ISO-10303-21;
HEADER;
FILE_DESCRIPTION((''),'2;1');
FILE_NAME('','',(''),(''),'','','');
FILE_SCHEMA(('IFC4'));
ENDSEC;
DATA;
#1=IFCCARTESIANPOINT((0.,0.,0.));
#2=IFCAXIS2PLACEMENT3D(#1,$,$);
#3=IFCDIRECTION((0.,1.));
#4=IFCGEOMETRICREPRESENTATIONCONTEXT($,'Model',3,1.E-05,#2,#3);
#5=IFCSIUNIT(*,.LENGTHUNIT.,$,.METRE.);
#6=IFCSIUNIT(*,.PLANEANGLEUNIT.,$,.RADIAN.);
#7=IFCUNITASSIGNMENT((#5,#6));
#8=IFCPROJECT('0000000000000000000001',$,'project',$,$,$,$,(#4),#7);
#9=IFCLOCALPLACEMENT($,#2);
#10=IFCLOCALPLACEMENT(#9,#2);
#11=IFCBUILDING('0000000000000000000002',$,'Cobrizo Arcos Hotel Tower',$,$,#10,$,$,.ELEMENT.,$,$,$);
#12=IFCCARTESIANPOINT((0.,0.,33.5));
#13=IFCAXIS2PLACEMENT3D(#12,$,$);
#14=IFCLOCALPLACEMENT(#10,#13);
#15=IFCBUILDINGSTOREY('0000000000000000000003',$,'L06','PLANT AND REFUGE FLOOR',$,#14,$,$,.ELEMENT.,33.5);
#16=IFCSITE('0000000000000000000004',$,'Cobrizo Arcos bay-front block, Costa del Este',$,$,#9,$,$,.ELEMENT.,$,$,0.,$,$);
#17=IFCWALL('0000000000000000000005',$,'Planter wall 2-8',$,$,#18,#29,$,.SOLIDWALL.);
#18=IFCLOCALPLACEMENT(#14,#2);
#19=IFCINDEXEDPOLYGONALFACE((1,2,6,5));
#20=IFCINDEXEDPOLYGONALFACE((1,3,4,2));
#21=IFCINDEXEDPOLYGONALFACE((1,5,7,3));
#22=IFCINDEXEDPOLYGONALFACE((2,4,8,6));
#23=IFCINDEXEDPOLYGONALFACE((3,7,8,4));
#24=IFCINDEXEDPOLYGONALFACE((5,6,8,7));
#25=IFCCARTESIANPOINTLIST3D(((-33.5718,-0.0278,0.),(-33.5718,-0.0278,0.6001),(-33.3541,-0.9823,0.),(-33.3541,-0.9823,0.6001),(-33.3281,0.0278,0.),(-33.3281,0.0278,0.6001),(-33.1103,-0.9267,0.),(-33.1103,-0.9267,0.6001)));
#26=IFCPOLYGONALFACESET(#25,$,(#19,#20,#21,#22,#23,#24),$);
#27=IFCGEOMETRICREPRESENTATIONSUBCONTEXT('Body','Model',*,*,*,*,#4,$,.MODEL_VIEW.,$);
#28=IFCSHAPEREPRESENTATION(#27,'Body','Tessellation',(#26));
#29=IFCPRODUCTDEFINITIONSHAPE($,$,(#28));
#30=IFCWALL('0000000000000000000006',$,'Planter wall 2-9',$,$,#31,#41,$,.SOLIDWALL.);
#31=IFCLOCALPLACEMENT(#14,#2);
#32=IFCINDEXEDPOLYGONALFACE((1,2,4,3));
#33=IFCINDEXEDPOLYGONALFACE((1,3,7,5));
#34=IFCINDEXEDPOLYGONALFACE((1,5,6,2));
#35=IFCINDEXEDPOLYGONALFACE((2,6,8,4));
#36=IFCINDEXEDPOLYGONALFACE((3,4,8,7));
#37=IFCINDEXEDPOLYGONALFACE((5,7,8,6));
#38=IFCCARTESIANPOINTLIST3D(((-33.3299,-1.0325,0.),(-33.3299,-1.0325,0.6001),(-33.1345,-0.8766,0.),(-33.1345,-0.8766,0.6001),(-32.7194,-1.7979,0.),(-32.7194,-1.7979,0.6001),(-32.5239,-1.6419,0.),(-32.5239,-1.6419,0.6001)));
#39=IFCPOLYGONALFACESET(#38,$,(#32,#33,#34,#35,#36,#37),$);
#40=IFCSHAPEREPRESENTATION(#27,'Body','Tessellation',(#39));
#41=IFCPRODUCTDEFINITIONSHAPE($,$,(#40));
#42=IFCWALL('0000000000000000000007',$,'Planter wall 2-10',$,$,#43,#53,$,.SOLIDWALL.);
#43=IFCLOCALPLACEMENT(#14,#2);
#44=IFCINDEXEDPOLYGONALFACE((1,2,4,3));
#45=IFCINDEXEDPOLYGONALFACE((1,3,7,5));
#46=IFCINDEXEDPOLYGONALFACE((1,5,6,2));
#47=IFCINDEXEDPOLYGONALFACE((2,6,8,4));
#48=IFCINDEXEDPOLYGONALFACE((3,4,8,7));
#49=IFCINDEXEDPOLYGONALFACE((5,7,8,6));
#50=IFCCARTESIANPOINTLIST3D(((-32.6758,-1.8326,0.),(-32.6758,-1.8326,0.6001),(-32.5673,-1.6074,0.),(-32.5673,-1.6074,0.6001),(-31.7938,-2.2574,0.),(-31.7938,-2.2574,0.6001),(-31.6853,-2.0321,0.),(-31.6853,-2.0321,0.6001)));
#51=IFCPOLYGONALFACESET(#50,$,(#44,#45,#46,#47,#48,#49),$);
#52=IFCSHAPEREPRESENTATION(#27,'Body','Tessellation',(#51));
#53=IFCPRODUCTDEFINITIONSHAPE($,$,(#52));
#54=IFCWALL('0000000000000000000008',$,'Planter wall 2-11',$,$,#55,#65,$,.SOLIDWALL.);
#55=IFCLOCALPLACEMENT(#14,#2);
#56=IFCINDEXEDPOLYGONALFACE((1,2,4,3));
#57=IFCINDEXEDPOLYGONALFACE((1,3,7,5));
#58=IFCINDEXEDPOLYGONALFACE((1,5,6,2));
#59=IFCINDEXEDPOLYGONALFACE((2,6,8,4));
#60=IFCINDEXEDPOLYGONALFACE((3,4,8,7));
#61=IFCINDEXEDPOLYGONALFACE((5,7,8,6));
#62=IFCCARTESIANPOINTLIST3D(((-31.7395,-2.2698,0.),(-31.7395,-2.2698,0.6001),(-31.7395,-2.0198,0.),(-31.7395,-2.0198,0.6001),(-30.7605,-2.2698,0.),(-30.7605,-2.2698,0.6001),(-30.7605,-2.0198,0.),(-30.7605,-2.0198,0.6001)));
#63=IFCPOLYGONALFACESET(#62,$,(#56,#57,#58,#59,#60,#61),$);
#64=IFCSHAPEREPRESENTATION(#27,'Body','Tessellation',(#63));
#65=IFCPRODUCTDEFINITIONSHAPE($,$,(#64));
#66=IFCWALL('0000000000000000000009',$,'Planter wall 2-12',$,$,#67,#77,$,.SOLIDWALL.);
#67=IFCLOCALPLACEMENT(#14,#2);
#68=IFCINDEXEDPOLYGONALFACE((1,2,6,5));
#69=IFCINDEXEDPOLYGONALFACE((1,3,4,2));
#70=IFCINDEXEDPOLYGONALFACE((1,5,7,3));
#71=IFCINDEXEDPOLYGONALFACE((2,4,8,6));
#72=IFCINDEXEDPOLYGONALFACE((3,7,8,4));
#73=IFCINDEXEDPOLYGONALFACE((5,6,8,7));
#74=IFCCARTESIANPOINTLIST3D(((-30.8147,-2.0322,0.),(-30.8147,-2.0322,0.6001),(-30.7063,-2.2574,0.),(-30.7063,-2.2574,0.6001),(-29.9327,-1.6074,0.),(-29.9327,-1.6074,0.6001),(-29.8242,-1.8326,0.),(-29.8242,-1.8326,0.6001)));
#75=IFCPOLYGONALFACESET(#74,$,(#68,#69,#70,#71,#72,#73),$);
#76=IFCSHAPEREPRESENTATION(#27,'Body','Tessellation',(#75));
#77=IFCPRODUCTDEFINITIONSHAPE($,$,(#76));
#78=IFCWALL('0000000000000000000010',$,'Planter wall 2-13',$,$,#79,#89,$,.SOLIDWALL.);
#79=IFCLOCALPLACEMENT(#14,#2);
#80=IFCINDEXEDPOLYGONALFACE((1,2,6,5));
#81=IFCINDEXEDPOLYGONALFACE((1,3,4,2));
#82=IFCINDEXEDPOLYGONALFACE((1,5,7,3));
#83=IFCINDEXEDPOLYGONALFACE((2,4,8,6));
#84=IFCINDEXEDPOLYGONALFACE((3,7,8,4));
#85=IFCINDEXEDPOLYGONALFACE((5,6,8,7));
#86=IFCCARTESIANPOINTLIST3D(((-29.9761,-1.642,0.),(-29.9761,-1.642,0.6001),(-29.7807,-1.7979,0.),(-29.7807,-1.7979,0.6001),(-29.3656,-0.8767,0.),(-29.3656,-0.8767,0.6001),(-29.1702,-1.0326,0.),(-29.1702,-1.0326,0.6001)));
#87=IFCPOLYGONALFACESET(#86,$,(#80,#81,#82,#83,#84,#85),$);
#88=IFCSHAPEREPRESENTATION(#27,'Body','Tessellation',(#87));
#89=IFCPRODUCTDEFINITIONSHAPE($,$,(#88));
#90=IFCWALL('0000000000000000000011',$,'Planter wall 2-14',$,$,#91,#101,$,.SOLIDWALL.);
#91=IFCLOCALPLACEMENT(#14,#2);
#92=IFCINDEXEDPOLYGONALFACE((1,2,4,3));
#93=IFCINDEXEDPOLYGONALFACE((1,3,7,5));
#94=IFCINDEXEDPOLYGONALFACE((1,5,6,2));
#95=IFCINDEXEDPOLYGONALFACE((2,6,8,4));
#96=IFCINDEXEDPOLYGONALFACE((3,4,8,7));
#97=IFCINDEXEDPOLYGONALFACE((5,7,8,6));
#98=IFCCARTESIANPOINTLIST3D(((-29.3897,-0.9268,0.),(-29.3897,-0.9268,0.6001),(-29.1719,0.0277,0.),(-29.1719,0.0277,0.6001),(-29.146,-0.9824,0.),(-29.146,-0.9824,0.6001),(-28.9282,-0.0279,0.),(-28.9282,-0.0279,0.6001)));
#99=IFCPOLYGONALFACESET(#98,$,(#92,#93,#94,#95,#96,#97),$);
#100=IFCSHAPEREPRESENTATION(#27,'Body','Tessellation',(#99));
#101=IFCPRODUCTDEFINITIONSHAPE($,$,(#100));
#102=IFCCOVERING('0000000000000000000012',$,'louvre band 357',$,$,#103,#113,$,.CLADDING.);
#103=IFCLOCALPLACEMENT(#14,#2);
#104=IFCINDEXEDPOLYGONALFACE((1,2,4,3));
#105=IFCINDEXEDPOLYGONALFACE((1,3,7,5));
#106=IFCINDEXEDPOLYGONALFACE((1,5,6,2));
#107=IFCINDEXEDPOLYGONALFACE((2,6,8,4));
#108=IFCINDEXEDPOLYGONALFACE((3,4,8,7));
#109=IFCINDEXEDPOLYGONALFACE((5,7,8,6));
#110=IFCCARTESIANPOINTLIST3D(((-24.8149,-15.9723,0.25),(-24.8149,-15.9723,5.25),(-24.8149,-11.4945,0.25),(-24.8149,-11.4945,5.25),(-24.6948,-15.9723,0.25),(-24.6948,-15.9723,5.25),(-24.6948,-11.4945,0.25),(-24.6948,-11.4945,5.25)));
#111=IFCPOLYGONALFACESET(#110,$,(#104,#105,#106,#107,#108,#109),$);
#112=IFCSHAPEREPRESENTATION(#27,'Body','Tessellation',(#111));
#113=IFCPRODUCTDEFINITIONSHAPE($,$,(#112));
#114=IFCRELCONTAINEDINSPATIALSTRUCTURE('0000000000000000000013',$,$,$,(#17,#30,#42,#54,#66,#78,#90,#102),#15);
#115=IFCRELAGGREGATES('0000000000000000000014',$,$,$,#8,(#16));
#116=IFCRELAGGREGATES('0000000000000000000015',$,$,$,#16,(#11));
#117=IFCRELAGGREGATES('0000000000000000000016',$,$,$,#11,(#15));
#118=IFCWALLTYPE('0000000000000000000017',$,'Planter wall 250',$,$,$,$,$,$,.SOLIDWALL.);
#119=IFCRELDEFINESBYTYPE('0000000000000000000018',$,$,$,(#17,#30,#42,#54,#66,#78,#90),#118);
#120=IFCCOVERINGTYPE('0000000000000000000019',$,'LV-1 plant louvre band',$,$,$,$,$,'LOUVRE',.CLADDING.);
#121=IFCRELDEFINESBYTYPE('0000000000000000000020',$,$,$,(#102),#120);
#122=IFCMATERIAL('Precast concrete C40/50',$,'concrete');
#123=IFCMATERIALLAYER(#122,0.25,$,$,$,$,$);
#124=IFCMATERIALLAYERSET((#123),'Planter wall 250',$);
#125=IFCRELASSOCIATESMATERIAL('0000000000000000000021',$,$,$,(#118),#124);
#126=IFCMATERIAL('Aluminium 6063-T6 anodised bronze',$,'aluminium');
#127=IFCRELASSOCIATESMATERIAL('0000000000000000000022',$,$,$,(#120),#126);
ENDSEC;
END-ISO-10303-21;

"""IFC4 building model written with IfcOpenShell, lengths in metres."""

from ifc_helpers import new_model, si_unit, direction, frame, frame_2d, origin, origin_2d, place, context, subcontext, project, spatial, rectangle, extrude, material, layer, layer_set, type_object, element, save


model = new_model("IFC4")

# Units and contexts
model_context = context("Model", 3, precision=1e-05, world=origin(), true_north=direction((0.0, 1.0)))
body_context = subcontext(model_context, "Body", "Model", "MODEL_VIEW")
ifc_project = project(units=[si_unit("LENGTHUNIT", "METRE"), si_unit("PLANEANGLEUNIT", "RADIAN")], contexts=[model_context])

# Site, building, storey
site_placement = place(None, origin())
site = spatial("IfcSite", under=ifc_project, at=site_placement, Name="Cobrizo Arcos bay-front block, Costa del Este", CompositionType="ELEMENT", RefElevation=0.0)
building_placement = place(site_placement, origin())
building = spatial("IfcBuilding", under=site, at=building_placement, Name="Cobrizo Arcos Hotel Tower", CompositionType="ELEMENT")
storey_placement = place(building_placement, frame((0.0, 0.0, 33.5)))
storey = spatial("IfcBuildingStorey", under=building, at=storey_placement, Name="L06", Description="PLANT AND REFUGE FLOOR", CompositionType="ELEMENT", Elevation=33.5)

# Walls
ifc_material_1 = material(Name="Precast concrete C40/50", Category="concrete")
ifc_layer = layer(ifc_material_1, 0.25)
ifc_layer_set = layer_set([ifc_layer], Name="Planter wall 250")
wall_type = type_object("IfcWallType", Name="Planter wall 250", PredefinedType="SOLIDWALL", material=ifc_layer_set)
for number, where, z_axis, x_axis, name in (
    (1, (-33.45, 0.0, 0.0), (0.0, 0.0, 1.0), (0.222419, -0.974951, 0.0), "Planter wall 2-8"),
    (2, (-33.2322, -0.9546, 0.0), (0.0, 0.0, 1.0), (0.62363, -0.78172, 0.0), "Planter wall 2-9"),
    (3, (-32.6216, -1.72, 0.0), (0.0, 0.0, 1.0), (0.900962, -0.433898, 0.0), "Planter wall 2-10"),
    (4, (-31.7395, -2.1448, 0.0), (0.0, 0.0, 1.0), (1.0, 0.0, 0.0), "Planter wall 2-11"),
    (5, (-30.7605, -2.1448, 0.0), (0.0, 0.0, 1.0), (0.900962, 0.433898, 0.0), "Planter wall 2-12"),
    (6, (-29.8784, -1.72, 0.0), (0.0, 0.0, 1.0), (0.62363, 0.78172, 0.0), "Planter wall 2-13"),
    (7, (-29.2678, -0.9546, 0.0), (0.0, 0.0, 1.0), (0.222419, 0.974951, 0.0), "Planter wall 2-14"),
):
    element("IfcWall", number, at=place(storey_placement, frame(where, z_axis=z_axis, x_axis=x_axis)), inside=storey, type_object=wall_type, Name=name, PredefinedType="SOLIDWALL", context=body_context, shape_type="SweptSolid", body=[
        extrude(rectangle(XDim=0.979, YDim=0.25, at=frame_2d((0.4895, 0.0))), origin(), (0.0, 0.0, 1.0), 0.6001),
    ])

# Covering
ifc_material_2 = material(Name="Aluminium 6063-T6 anodised bronze", Category="aluminium")
covering_type = type_object("IfcCoveringType", Name="LV-1 plant louvre band", ElementType="LOUVRE", PredefinedType="CLADDING", material=ifc_material_2)
covering_placement = place(storey_placement, frame((-24.7549, -13.7334, 0.25), z_axis=(0.0, 0.0, 1.0), x_axis=(0.0, -1.0, 0.0)))
element("IfcCovering", 8, at=covering_placement, inside=storey, type_object=covering_type, Name="louvre band 357", PredefinedType="CLADDING", context=body_context, shape_type="SweptSolid", body=[
    extrude(rectangle(XDim=4.4778, YDim=0.1201, at=origin_2d()), origin(), (0.0, 0.0, 1.0), 5.0),
])

save(model, "model.ifc")
